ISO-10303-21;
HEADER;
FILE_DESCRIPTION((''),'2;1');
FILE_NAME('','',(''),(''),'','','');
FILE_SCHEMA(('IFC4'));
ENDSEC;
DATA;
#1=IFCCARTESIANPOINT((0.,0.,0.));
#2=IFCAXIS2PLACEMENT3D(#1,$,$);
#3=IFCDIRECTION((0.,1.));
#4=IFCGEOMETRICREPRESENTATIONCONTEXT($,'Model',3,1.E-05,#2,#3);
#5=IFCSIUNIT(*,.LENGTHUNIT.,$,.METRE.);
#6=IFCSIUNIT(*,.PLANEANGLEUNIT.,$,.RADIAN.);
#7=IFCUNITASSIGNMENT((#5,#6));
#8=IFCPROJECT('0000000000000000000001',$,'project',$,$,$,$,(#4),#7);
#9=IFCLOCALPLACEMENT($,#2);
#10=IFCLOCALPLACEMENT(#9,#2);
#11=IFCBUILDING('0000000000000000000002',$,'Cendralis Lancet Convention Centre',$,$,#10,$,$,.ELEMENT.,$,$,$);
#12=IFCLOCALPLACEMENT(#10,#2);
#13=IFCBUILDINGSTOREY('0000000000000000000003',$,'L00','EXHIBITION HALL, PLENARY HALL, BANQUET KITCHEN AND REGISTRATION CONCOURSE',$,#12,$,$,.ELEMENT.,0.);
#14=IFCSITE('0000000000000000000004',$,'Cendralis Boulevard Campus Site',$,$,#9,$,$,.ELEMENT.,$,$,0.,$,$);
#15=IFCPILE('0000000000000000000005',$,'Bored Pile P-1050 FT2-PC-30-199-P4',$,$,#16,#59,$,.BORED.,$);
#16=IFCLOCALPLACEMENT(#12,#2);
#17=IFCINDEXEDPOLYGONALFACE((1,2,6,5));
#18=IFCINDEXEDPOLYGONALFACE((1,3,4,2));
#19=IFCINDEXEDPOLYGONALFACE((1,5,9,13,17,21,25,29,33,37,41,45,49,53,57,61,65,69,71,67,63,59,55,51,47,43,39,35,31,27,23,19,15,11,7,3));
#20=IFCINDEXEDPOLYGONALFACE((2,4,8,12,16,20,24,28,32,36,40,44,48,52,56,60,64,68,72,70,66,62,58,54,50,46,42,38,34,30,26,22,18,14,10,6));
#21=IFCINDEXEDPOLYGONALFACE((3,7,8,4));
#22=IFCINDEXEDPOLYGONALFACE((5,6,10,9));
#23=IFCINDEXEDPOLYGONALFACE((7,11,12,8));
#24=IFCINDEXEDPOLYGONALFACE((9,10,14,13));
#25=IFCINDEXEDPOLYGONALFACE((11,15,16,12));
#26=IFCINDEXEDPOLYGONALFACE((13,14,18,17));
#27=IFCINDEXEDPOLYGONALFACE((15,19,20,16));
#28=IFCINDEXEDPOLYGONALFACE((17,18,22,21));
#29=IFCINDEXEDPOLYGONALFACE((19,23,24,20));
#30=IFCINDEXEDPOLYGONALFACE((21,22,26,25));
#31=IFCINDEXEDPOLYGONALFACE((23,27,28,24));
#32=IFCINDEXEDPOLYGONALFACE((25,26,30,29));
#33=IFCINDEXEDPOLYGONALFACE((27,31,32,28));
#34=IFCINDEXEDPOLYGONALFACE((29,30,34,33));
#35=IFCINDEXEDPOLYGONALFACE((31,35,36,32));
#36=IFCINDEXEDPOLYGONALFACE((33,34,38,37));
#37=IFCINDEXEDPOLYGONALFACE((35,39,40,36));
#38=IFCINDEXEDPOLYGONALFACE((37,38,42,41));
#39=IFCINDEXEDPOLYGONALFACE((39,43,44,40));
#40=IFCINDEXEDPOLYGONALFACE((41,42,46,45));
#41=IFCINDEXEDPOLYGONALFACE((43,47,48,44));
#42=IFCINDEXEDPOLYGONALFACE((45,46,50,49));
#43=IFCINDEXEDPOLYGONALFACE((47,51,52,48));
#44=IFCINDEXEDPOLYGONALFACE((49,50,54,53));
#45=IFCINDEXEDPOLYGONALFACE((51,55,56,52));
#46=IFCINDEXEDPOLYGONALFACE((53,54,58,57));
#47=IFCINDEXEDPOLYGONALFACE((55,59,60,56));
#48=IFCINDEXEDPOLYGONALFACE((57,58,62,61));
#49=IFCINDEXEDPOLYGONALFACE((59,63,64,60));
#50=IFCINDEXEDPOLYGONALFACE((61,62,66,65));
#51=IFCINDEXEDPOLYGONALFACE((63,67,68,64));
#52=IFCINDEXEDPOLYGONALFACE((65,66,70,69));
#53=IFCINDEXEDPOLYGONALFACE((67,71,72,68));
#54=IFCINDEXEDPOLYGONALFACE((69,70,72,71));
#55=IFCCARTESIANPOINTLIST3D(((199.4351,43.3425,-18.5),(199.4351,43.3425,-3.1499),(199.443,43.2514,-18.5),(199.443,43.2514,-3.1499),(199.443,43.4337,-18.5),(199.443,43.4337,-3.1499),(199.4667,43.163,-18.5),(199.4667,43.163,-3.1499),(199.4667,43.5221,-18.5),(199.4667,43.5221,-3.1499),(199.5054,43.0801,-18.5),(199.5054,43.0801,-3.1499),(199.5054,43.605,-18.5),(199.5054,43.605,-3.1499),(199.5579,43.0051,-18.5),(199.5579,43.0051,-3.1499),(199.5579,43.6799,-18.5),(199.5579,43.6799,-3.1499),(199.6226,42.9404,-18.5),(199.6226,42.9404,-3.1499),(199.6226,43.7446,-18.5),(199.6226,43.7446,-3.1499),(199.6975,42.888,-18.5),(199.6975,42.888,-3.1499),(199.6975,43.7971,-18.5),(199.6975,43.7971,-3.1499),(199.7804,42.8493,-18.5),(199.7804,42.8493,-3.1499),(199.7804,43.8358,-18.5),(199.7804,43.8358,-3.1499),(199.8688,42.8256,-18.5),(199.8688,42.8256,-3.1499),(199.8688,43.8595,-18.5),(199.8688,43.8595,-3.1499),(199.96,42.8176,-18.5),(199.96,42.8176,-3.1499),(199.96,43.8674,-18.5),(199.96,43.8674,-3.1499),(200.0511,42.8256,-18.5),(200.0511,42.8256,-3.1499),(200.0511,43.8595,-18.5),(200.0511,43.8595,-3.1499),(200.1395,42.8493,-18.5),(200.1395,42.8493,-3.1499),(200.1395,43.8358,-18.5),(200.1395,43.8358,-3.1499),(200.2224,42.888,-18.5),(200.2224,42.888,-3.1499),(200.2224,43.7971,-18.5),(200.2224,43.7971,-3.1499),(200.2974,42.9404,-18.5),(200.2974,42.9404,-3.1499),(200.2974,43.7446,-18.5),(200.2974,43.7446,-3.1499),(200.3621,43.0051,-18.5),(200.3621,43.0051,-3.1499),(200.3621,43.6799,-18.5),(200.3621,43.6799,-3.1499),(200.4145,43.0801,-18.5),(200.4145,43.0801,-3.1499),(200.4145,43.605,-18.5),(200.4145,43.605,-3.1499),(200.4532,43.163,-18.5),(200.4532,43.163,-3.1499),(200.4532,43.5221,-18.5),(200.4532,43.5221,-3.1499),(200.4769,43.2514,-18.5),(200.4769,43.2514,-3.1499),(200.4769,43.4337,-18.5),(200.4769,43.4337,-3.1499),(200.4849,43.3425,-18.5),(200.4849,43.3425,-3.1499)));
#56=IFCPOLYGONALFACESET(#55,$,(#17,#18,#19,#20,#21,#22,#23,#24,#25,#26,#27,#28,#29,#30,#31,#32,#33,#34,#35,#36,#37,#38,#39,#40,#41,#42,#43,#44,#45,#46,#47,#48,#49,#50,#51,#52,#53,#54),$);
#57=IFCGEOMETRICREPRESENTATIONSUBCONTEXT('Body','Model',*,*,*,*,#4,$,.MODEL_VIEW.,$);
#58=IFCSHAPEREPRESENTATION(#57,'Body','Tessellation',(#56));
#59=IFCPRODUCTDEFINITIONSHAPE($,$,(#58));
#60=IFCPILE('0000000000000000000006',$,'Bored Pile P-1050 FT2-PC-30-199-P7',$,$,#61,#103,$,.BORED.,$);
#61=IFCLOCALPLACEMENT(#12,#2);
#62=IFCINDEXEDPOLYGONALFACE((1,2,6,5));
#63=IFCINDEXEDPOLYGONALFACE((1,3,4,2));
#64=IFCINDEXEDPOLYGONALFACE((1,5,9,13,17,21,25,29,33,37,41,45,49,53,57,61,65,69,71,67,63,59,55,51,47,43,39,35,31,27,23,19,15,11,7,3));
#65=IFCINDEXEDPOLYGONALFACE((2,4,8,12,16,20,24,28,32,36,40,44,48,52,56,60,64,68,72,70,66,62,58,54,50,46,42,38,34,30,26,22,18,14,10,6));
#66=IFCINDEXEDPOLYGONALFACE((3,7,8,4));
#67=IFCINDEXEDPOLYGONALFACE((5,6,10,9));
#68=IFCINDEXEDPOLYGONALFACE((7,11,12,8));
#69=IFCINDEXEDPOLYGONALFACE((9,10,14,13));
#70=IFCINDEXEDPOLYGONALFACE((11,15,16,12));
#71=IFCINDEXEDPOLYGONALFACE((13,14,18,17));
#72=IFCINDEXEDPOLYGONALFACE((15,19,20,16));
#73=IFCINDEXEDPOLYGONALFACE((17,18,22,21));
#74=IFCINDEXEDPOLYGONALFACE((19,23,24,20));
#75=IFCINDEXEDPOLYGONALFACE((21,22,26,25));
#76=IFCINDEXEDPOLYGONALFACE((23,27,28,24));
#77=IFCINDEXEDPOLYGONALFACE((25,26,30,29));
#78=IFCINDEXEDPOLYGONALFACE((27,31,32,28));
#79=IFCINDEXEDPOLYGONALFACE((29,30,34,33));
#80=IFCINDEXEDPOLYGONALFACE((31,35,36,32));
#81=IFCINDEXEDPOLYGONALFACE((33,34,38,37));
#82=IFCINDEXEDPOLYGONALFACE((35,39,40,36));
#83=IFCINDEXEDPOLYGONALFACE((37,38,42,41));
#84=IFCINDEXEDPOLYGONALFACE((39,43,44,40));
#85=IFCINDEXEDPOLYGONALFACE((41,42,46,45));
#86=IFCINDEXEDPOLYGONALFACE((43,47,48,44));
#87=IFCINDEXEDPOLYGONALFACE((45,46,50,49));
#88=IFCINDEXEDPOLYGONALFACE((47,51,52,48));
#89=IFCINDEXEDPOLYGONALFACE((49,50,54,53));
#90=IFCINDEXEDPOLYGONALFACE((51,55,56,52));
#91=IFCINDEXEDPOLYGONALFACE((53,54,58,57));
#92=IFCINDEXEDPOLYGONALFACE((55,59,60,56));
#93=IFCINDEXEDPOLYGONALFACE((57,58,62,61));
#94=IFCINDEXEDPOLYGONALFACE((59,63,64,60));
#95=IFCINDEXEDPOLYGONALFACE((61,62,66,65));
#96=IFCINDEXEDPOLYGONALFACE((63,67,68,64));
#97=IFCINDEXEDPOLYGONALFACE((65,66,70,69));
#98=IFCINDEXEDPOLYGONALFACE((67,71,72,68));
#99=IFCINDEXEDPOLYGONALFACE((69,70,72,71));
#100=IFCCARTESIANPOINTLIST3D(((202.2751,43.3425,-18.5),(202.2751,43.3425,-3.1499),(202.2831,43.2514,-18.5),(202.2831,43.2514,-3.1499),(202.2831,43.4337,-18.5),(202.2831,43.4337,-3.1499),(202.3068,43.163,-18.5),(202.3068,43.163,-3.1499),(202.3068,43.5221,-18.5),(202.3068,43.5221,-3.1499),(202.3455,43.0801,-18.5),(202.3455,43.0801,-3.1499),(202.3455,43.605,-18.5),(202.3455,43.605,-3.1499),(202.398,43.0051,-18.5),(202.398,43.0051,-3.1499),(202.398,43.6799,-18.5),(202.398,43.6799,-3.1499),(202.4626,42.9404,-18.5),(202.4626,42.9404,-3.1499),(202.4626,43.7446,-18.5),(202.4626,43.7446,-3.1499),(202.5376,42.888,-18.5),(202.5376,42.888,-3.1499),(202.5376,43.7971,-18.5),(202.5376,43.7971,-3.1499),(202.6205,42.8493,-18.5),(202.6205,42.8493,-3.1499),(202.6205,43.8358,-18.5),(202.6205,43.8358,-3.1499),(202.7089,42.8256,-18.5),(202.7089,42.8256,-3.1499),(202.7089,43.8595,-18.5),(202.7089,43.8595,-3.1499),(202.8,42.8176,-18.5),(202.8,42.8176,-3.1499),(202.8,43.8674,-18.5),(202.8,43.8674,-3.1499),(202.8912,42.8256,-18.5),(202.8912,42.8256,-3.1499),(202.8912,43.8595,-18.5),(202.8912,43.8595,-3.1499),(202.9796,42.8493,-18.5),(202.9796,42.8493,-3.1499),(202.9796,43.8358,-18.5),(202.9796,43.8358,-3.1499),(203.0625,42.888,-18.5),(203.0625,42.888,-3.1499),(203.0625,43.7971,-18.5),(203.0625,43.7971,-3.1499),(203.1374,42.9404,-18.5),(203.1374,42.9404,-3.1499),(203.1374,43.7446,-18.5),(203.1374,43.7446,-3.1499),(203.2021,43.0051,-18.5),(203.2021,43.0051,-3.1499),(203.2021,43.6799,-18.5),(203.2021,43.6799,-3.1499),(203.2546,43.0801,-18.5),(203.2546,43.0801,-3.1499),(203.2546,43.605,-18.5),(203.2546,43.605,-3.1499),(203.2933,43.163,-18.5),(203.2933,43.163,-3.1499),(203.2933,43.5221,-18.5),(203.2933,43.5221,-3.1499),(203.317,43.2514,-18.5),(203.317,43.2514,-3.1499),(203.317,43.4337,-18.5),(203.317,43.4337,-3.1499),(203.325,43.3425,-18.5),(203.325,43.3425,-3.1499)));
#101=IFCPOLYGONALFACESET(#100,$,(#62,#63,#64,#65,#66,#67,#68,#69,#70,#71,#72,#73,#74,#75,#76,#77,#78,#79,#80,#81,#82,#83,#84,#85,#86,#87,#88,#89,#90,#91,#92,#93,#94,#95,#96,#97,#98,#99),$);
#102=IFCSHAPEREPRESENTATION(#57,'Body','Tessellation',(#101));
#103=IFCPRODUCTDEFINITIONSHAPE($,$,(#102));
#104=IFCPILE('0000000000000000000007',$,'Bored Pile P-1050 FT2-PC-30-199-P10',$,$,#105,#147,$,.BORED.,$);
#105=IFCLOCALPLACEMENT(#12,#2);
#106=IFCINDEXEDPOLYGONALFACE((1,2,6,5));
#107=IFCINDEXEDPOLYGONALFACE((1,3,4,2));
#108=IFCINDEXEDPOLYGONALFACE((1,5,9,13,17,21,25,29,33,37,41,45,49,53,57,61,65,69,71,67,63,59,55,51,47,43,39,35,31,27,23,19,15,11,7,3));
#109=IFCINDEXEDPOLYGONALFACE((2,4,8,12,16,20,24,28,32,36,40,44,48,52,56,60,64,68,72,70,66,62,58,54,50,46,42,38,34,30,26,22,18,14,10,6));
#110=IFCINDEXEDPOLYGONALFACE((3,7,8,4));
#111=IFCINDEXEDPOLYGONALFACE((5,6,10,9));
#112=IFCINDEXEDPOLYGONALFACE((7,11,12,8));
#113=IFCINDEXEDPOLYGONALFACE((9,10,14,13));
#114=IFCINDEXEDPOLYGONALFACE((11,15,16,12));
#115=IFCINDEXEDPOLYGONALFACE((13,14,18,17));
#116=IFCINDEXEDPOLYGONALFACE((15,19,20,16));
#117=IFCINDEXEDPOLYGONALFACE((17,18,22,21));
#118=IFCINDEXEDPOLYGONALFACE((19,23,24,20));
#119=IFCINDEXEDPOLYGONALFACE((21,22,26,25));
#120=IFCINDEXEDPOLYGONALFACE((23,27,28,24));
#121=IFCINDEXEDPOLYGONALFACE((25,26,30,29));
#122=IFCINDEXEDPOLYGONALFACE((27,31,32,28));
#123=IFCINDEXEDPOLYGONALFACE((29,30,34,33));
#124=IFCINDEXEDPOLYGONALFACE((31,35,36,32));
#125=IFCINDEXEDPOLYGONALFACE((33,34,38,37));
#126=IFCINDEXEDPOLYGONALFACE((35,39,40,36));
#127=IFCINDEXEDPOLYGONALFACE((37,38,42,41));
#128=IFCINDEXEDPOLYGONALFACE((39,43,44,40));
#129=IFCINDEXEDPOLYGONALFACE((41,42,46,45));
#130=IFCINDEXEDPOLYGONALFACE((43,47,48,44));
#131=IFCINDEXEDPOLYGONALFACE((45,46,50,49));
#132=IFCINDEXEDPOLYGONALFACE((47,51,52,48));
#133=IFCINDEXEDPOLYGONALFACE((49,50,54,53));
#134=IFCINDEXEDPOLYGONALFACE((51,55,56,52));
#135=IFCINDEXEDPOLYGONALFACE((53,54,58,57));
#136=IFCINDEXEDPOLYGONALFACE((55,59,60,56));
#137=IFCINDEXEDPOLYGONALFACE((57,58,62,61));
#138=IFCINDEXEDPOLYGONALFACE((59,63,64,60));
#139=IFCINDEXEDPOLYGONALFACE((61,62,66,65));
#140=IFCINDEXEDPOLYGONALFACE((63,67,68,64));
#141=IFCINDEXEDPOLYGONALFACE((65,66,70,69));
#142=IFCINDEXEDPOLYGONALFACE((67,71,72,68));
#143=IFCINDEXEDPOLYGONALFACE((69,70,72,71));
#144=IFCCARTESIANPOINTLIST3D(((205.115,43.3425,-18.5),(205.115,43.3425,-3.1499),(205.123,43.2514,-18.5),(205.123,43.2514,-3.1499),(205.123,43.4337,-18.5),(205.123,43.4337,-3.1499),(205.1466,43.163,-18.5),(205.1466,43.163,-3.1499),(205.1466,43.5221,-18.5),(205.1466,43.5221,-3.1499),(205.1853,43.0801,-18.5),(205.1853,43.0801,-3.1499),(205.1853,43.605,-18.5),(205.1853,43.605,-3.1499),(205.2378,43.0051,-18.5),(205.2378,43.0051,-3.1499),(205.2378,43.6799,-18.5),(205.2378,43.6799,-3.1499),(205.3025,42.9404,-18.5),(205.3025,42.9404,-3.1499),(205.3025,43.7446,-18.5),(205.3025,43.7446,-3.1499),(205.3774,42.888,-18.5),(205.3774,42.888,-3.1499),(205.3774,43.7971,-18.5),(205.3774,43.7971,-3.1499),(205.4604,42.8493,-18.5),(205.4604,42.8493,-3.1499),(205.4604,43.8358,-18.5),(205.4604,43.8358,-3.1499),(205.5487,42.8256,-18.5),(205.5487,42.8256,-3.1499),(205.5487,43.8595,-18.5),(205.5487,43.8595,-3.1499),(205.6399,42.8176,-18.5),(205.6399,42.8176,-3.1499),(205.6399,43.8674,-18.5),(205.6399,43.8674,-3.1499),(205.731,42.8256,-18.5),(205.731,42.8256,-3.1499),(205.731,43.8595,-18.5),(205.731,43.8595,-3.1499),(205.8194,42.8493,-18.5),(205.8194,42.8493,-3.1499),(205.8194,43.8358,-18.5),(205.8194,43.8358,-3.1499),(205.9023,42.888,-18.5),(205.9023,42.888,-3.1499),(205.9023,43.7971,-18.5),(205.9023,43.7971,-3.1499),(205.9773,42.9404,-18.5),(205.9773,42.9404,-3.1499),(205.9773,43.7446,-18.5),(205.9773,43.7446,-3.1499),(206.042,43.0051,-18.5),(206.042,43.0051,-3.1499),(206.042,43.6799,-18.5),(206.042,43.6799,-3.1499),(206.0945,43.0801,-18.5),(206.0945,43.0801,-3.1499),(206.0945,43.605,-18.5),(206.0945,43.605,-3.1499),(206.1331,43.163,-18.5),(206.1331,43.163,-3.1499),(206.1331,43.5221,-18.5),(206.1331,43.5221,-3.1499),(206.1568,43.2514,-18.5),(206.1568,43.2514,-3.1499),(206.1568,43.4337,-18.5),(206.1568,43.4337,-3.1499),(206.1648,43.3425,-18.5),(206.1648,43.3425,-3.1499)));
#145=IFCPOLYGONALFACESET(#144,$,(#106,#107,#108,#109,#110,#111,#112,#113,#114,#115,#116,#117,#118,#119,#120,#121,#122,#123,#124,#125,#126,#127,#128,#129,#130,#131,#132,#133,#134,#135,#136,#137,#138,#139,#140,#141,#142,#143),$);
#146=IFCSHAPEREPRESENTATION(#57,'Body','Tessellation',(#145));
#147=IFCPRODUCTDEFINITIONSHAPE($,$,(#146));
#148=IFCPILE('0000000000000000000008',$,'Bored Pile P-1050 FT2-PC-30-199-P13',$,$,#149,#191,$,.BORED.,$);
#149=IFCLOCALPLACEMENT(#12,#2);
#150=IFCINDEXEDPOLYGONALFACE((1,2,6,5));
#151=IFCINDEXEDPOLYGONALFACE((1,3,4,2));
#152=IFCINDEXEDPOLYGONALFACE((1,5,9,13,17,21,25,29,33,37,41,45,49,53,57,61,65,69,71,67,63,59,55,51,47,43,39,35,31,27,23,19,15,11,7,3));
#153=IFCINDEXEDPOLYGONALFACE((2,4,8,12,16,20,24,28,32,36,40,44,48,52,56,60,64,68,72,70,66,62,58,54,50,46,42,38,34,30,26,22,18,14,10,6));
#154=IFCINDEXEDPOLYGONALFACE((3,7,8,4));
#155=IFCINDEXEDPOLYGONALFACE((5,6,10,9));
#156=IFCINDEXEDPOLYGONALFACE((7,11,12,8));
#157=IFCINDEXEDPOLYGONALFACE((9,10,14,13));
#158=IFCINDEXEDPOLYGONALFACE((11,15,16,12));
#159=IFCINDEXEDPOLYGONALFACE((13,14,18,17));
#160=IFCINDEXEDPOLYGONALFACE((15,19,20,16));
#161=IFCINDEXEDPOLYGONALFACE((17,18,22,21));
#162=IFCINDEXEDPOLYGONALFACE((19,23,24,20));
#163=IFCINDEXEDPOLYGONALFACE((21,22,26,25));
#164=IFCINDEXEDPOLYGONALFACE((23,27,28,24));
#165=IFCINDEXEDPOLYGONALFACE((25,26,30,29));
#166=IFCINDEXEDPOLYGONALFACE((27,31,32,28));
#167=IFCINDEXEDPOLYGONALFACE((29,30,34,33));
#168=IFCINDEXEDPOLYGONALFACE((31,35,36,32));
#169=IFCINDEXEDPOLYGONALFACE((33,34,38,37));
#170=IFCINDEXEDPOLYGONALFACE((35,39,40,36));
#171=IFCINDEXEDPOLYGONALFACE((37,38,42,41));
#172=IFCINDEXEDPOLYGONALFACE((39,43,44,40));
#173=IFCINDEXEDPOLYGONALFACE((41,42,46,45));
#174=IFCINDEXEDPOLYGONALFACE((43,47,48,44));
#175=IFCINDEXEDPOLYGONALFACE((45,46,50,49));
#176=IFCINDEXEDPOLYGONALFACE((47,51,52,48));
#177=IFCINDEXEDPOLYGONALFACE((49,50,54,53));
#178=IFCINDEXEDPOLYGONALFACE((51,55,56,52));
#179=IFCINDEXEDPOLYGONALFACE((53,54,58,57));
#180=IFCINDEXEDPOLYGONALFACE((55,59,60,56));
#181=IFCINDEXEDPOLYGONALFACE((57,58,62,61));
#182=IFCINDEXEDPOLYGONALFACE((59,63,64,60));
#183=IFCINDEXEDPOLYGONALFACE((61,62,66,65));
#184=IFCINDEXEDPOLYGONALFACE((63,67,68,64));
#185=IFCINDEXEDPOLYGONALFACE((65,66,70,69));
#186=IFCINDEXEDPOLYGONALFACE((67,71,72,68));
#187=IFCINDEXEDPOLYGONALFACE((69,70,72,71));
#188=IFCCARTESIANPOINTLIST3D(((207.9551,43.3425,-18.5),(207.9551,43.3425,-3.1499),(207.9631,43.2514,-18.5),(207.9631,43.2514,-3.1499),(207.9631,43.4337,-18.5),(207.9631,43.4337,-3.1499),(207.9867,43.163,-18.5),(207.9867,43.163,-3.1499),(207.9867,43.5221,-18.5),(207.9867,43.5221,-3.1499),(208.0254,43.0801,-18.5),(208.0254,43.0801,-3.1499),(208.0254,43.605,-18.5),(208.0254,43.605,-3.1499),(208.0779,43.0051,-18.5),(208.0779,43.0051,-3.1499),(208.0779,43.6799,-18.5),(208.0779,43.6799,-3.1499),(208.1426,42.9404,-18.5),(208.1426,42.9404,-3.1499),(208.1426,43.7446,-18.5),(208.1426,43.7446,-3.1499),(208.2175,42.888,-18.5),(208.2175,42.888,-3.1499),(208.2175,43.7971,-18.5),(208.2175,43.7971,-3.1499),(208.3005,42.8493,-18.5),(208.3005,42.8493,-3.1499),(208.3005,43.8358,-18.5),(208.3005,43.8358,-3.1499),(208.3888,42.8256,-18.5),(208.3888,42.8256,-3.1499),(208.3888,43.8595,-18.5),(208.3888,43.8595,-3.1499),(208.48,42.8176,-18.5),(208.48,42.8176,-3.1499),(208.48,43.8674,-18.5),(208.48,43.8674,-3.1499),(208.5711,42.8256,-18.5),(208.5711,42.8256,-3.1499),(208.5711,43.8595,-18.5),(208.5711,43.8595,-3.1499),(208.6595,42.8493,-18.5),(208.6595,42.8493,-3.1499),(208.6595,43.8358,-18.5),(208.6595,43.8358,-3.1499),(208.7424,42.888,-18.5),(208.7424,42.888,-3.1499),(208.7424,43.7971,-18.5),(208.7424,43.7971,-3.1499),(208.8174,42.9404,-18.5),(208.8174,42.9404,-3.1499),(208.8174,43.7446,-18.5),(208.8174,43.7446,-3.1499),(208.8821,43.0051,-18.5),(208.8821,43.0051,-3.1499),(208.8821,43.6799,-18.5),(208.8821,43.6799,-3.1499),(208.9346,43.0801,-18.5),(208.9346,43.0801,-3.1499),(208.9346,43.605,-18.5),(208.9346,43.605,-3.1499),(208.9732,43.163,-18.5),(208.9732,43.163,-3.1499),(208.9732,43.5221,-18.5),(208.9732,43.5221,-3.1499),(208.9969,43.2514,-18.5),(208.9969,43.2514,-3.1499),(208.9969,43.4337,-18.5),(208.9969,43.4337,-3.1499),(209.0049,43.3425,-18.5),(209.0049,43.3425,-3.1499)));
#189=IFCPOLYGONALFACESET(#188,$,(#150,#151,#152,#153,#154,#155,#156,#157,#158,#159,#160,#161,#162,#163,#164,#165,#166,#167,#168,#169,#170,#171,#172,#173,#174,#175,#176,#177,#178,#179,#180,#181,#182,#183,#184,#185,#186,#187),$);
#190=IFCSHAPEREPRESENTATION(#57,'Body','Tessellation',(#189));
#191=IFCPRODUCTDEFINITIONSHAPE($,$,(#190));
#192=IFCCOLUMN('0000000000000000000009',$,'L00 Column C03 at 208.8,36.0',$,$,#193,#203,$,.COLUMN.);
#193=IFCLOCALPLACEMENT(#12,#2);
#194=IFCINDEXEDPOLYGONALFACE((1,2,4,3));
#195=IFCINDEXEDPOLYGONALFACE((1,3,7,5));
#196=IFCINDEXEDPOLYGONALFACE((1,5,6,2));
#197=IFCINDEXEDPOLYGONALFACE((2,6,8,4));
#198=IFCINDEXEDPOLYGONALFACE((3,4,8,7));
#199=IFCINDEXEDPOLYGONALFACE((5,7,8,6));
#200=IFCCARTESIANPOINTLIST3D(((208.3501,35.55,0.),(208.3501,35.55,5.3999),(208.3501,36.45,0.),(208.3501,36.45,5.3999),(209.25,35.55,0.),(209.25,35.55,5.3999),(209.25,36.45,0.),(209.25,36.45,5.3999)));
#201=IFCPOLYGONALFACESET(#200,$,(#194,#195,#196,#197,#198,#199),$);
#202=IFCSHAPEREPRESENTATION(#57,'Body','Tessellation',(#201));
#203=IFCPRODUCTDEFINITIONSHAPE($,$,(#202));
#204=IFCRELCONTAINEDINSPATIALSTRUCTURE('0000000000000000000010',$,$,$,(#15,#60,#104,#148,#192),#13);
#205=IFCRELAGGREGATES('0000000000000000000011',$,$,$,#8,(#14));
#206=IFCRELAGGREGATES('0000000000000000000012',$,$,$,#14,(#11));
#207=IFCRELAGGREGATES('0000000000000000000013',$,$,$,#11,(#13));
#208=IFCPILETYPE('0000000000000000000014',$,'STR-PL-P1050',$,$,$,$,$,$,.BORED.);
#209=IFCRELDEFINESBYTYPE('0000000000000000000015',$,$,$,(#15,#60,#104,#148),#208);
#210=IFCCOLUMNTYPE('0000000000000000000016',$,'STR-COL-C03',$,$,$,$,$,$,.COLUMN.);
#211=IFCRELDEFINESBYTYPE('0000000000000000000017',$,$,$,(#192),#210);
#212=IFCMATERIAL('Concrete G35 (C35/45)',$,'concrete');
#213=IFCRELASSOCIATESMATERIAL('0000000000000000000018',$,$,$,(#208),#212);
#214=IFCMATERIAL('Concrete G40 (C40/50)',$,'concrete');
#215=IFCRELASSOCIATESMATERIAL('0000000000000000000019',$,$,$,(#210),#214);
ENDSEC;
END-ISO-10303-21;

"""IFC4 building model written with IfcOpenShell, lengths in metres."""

from ifc_helpers import new_model, si_unit, direction, frame, origin, origin_2d, place, context, subcontext, project, spatial, rectangle, circle, extrude, material, material_profile, profile_set, type_object, element, save


model = new_model("IFC4")

# Units and contexts
model_context = context("Model", 3, precision=1e-05, world=origin(), true_north=direction((0.0, 1.0)))
body_context = subcontext(model_context, "Body", "Model", "MODEL_VIEW")
ifc_project = project(units=[si_unit("LENGTHUNIT", "METRE"), si_unit("PLANEANGLEUNIT", "RADIAN")], contexts=[model_context])

# Site, building, storey
site_placement = place(None, origin())
site = spatial("IfcSite", under=ifc_project, at=site_placement, Name="Cendralis Boulevard Campus Site", CompositionType="ELEMENT", RefElevation=0.0)
building_placement = place(site_placement, origin())
building = spatial("IfcBuilding", under=site, at=building_placement, Name="Cendralis Lancet Convention Centre", CompositionType="ELEMENT")
storey_placement = place(building_placement, origin())
storey = spatial("IfcBuildingStorey", under=building, at=storey_placement, Name="L00", Description="EXHIBITION HALL, PLENARY HALL, BANQUET KITCHEN AND REGISTRATION CONCOURSE", CompositionType="ELEMENT", Elevation=0.0)

# Piles
ifc_material_1 = material(Name="Concrete G35 (C35/45)", Category="concrete")
ifc_material_profile_1 = material_profile(ifc_material_1, circle(Radius=0.5249, at=origin_2d()), Name="BORED PILE D1050")
ifc_profile_set_1 = profile_set([ifc_material_profile_1], Name="Concrete G35 (C35/45)")
pile_type = type_object("IfcPileType", Name="STR-PL-P1050", PredefinedType="BORED", material=ifc_profile_set_1)
for number, where, z_axis, x_axis, name in (
    (1, (199.96, 43.3425, -3.1499), (0.0, 0.0, -1.0), (1.0, 0.0, 0.0), "Bored Pile P-1050 FT2-PC-30-199-P4"),
    (2, (202.8, 43.3425, -3.1499), (0.0, 0.0, -1.0), (1.0, 0.0, 0.0), "Bored Pile P-1050 FT2-PC-30-199-P7"),
    (3, (205.6399, 43.3425, -3.1499), (0.0, 0.0, -1.0), (1.0, 0.0, 0.0), "Bored Pile P-1050 FT2-PC-30-199-P10"),
    (4, (208.48, 43.3425, -3.1499), (0.0, 0.0, -1.0), (1.0, 0.0, 0.0), "Bored Pile P-1050 FT2-PC-30-199-P13"),
):
    element("IfcPile", number, at=place(storey_placement, frame(where, z_axis=z_axis, x_axis=x_axis)), inside=storey, type_object=pile_type, Name=name, PredefinedType="BORED", context=body_context, shape_type="SweptSolid", body=[
        extrude(circle(Radius=0.5249, at=origin_2d()), origin(), (0.0, 0.0, 1.0), 15.3501),
    ])

# Column
ifc_material_2 = material(Name="Concrete G40 (C40/50)", Category="concrete")
ifc_material_profile_2 = material_profile(ifc_material_2, rectangle(XDim=0.8999, YDim=0.8999, at=origin_2d()), Name="RC 900x900")
ifc_profile_set_2 = profile_set([ifc_material_profile_2], Name="Concrete G40 (C40/50)")
column_type_1 = type_object("IfcColumnType", Name="STR-COL-C03", PredefinedType="COLUMN", material=ifc_profile_set_2)
column_1_placement = place(storey_placement, frame((208.8, 36.0, 0.0), z_axis=(0.0, 0.0, 1.0), x_axis=(1.0, 0.0, 0.0)))
element("IfcColumn", 5, at=column_1_placement, inside=storey, type_object=column_type_1, Name="L00 Column C03 at 208.8,36.0", PredefinedType="COLUMN", context=body_context, shape_type="SweptSolid", body=[
    extrude(rectangle(XDim=0.8999, YDim=0.8999, at=origin_2d()), origin(), (0.0, 0.0, 1.0), 5.3999),
])

save(model, "model.ifc")
